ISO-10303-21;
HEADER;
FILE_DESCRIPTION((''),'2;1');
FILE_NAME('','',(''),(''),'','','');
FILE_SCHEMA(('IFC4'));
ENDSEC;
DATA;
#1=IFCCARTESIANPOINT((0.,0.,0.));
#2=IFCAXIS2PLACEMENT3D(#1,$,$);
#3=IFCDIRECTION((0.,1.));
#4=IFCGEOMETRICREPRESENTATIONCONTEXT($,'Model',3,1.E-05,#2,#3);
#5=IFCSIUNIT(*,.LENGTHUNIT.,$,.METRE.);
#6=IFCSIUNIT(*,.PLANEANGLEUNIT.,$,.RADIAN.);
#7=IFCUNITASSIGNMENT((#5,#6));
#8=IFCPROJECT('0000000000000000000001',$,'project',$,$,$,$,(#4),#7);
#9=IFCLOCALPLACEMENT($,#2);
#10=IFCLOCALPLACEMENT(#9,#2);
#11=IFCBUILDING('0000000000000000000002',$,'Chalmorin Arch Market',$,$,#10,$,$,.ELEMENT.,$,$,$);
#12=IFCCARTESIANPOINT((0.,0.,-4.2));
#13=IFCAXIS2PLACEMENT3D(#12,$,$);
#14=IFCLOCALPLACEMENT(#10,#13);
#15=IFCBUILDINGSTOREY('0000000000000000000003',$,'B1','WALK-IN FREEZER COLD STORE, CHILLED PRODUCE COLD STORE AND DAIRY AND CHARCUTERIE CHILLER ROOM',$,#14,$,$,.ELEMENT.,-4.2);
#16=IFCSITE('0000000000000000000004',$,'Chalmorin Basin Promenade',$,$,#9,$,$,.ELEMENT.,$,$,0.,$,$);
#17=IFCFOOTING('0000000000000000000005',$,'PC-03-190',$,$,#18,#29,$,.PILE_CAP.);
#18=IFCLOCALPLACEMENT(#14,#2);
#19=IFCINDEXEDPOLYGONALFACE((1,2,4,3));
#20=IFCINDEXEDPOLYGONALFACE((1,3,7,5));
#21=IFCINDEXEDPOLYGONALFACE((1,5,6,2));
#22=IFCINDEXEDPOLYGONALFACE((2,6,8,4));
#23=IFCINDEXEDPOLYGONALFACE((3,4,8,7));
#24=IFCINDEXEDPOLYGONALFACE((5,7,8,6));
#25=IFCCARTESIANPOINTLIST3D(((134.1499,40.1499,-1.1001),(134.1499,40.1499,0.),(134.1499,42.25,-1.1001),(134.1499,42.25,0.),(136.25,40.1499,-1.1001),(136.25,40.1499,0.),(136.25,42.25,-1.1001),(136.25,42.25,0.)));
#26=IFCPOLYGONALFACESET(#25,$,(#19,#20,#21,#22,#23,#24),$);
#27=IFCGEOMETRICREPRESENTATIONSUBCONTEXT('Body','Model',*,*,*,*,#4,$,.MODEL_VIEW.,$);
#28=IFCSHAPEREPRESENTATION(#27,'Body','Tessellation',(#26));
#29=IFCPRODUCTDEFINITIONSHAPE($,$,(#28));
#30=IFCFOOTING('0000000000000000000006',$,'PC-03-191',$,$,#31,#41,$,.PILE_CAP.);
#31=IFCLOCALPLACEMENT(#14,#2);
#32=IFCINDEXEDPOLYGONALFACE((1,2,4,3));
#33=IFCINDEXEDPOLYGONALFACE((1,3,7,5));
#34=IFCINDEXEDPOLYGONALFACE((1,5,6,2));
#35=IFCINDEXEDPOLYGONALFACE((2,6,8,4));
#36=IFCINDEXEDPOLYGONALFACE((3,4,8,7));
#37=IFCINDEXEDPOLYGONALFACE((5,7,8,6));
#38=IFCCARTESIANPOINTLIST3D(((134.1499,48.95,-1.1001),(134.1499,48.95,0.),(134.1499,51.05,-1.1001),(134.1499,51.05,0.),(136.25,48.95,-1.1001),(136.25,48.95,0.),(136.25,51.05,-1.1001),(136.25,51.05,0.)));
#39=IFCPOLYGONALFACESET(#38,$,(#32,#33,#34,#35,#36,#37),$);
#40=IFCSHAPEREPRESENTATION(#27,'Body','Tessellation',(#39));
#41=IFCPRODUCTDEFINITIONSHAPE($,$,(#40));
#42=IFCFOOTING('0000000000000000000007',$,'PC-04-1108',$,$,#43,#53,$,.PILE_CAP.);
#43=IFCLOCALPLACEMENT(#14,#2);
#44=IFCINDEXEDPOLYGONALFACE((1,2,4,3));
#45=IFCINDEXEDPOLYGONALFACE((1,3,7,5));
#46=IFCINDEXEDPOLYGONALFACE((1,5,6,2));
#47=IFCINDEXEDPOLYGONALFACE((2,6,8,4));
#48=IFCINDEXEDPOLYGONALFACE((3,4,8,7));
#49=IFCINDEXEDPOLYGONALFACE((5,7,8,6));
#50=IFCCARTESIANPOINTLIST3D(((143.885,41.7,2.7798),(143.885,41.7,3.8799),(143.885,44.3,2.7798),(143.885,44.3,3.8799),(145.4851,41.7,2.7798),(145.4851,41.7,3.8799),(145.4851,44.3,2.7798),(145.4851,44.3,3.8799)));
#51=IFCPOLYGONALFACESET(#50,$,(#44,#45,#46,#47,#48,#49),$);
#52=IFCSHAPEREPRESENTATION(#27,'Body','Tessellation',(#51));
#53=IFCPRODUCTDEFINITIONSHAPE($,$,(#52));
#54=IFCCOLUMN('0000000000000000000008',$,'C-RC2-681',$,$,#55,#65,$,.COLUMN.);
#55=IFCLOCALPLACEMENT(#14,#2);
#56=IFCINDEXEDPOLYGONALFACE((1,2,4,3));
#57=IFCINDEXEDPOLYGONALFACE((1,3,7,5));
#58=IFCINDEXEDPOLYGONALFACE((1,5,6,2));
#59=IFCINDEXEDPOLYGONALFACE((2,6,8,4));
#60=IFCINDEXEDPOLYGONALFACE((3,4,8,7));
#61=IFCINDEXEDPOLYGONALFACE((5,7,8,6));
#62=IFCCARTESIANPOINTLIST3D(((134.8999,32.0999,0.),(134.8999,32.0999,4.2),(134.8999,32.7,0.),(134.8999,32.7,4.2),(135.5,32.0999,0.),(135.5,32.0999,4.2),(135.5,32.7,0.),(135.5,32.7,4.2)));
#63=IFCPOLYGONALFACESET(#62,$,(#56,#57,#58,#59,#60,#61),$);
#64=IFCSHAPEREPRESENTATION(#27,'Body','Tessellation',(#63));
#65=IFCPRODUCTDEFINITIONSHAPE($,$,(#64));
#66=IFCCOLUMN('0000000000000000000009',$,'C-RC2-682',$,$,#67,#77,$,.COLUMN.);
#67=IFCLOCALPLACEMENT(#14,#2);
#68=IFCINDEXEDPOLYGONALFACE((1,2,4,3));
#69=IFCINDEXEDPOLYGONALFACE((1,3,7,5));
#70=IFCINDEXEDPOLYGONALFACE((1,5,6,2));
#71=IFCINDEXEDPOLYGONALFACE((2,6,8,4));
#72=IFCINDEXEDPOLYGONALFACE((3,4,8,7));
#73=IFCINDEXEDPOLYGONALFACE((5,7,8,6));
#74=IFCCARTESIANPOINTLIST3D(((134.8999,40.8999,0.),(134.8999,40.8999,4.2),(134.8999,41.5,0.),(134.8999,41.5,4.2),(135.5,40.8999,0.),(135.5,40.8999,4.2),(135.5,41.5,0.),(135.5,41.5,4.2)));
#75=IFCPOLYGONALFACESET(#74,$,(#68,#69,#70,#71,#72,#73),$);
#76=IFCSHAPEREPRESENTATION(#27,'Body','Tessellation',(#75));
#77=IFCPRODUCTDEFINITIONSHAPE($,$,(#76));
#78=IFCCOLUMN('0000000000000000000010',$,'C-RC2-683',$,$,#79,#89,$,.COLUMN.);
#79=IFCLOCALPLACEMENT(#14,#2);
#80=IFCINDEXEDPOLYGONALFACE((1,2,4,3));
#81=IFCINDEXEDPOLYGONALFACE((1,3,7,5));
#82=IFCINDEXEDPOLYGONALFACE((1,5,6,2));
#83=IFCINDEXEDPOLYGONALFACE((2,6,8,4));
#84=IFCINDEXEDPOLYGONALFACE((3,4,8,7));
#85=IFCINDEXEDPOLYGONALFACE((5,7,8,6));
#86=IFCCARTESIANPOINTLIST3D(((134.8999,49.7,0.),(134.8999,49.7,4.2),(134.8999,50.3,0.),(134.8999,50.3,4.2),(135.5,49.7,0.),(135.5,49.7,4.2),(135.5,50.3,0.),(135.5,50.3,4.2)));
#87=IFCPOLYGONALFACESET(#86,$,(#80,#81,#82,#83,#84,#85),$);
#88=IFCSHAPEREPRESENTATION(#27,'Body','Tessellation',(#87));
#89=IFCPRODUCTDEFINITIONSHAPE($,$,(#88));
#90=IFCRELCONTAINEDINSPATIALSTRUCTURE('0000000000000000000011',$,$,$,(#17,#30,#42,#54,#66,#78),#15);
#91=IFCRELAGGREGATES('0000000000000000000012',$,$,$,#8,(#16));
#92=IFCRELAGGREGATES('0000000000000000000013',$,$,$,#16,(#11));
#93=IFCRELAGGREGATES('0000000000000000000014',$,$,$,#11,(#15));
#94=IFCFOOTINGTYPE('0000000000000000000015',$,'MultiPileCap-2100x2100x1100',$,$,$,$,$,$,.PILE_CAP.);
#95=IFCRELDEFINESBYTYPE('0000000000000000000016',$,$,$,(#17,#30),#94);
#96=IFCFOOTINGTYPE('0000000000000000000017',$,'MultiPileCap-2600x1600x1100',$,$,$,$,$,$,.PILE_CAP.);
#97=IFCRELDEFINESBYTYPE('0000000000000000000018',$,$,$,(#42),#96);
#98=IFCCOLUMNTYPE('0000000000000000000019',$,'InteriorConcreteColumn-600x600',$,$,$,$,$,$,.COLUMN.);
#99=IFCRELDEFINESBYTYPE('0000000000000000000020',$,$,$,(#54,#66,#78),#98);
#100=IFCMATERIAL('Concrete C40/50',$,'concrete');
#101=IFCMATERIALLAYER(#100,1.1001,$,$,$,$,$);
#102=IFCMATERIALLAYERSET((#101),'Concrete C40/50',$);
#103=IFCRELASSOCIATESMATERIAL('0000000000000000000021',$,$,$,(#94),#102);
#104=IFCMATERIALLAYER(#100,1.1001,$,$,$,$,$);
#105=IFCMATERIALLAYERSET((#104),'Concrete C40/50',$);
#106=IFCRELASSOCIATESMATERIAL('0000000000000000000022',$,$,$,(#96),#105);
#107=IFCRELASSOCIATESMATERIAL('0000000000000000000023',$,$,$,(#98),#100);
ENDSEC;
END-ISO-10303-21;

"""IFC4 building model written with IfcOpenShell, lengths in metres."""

from ifc_helpers import new_model, si_unit, direction, frame, origin, origin_2d, place, context, subcontext, project, spatial, rectangle, extrude, material, layer, layer_set, material_profile, profile_set, type_object, element, save


model = new_model("IFC4")

# Units and contexts
model_context = context("Model", 3, precision=1e-05, world=origin(), true_north=direction((0.0, 1.0)))
body_context = subcontext(model_context, "Body", "Model", "MODEL_VIEW")
ifc_project = project(units=[si_unit("LENGTHUNIT", "METRE"), si_unit("PLANEANGLEUNIT", "RADIAN")], contexts=[model_context])

# Site, building, storey
site_placement = place(None, origin())
site = spatial("IfcSite", under=ifc_project, at=site_placement, Name="Chalmorin Basin Promenade", CompositionType="ELEMENT", RefElevation=0.0)
building_placement = place(site_placement, origin())
building = spatial("IfcBuilding", under=site, at=building_placement, Name="Chalmorin Arch Market", CompositionType="ELEMENT")
storey_placement = place(building_placement, frame((0.0, 0.0, -4.2)))
storey = spatial("IfcBuildingStorey", under=building, at=storey_placement, Name="B1", Description="WALK-IN FREEZER COLD STORE, CHILLED PRODUCE COLD STORE AND DAIRY AND CHARCUTERIE CHILLER ROOM", CompositionType="ELEMENT", Elevation=-4.2)

# Footings
ifc_material_1 = material(Name="Concrete C40/50", Category="concrete")
ifc_layer_1 = layer(ifc_material_1, 1.1001)
ifc_layer_set_1 = layer_set([ifc_layer_1], Name="Concrete C40/50")
footing_type_1 = type_object("IfcFootingType", Name="MultiPileCap-2100x2100x1100", PredefinedType="PILE_CAP", material=ifc_layer_set_1)
for number, where, z_axis, x_axis, name in (
    (1, (135.2, 41.2, -1.1001), (0.0, 0.0, 1.0), (1.0, 0.0, 0.0), "PC-03-190"),
    (2, (135.2, 50.0, -1.1001), (0.0, 0.0, 1.0), (1.0, 0.0, 0.0), "PC-03-191"),
):
    element("IfcFooting", number, at=place(storey_placement, frame(where, z_axis=z_axis, x_axis=x_axis)), inside=storey, type_object=footing_type_1, Name=name, PredefinedType="PILE_CAP", context=body_context, shape_type="SweptSolid", body=[
        extrude(rectangle(XDim=2.1001, YDim=2.1001, at=origin_2d()), origin(), (0.0, 0.0, 1.0), 1.1001),
    ])
ifc_layer_2 = layer(ifc_material_1, 1.1001)
ifc_layer_set_2 = layer_set([ifc_layer_2], Name="Concrete C40/50")
footing_type_2 = type_object("IfcFootingType", Name="MultiPileCap-2600x1600x1100", PredefinedType="PILE_CAP", material=ifc_layer_set_2)
footing_1_placement = place(storey_placement, frame((144.6851, 43.0, 2.7798), z_axis=(0.0, 0.0, 1.0), x_axis=(0.0, 1.0, 0.0)))
element("IfcFooting", 3, at=footing_1_placement, inside=storey, type_object=footing_type_2, Name="PC-04-1108", PredefinedType="PILE_CAP", context=body_context, shape_type="SweptSolid", body=[
    extrude(rectangle(XDim=2.6001, YDim=1.6001, at=origin_2d()), origin(), (0.0, 0.0, 1.0), 1.1001),
])

# Columns
ifc_material_profile_1 = material_profile(ifc_material_1, rectangle(XDim=0.6001, YDim=0.6001, at=origin_2d()), Name="RC600X600")
ifc_profile_set_1 = profile_set([ifc_material_profile_1], Name="Concrete C40/50")
column_type = type_object("IfcColumnType", Name="InteriorConcreteColumn-600x600", PredefinedType="COLUMN", material=ifc_profile_set_1)
for number, where, z_axis, x_axis, name in (
    (4, (135.2, 32.3999, 0.0), (0.0, 0.0, 1.0), (1.0, 0.0, 0.0), "C-RC2-681"),
    (5, (135.2, 41.2, 0.0), (0.0, 0.0, 1.0), (1.0, 0.0, 0.0), "C-RC2-682"),
    (6, (135.2, 50.0, 0.0), (0.0, 0.0, 1.0), (1.0, 0.0, 0.0), "C-RC2-683"),
):
    element("IfcColumn", number, at=place(storey_placement, frame(where, z_axis=z_axis, x_axis=x_axis)), inside=storey, type_object=column_type, Name=name, PredefinedType="COLUMN", context=body_context, shape_type="SweptSolid", body=[
        extrude(rectangle(XDim=0.6001, YDim=0.6001, at=origin_2d()), origin(), (0.0, 0.0, 1.0), 4.2),
    ])

save(model, "model.ifc")
